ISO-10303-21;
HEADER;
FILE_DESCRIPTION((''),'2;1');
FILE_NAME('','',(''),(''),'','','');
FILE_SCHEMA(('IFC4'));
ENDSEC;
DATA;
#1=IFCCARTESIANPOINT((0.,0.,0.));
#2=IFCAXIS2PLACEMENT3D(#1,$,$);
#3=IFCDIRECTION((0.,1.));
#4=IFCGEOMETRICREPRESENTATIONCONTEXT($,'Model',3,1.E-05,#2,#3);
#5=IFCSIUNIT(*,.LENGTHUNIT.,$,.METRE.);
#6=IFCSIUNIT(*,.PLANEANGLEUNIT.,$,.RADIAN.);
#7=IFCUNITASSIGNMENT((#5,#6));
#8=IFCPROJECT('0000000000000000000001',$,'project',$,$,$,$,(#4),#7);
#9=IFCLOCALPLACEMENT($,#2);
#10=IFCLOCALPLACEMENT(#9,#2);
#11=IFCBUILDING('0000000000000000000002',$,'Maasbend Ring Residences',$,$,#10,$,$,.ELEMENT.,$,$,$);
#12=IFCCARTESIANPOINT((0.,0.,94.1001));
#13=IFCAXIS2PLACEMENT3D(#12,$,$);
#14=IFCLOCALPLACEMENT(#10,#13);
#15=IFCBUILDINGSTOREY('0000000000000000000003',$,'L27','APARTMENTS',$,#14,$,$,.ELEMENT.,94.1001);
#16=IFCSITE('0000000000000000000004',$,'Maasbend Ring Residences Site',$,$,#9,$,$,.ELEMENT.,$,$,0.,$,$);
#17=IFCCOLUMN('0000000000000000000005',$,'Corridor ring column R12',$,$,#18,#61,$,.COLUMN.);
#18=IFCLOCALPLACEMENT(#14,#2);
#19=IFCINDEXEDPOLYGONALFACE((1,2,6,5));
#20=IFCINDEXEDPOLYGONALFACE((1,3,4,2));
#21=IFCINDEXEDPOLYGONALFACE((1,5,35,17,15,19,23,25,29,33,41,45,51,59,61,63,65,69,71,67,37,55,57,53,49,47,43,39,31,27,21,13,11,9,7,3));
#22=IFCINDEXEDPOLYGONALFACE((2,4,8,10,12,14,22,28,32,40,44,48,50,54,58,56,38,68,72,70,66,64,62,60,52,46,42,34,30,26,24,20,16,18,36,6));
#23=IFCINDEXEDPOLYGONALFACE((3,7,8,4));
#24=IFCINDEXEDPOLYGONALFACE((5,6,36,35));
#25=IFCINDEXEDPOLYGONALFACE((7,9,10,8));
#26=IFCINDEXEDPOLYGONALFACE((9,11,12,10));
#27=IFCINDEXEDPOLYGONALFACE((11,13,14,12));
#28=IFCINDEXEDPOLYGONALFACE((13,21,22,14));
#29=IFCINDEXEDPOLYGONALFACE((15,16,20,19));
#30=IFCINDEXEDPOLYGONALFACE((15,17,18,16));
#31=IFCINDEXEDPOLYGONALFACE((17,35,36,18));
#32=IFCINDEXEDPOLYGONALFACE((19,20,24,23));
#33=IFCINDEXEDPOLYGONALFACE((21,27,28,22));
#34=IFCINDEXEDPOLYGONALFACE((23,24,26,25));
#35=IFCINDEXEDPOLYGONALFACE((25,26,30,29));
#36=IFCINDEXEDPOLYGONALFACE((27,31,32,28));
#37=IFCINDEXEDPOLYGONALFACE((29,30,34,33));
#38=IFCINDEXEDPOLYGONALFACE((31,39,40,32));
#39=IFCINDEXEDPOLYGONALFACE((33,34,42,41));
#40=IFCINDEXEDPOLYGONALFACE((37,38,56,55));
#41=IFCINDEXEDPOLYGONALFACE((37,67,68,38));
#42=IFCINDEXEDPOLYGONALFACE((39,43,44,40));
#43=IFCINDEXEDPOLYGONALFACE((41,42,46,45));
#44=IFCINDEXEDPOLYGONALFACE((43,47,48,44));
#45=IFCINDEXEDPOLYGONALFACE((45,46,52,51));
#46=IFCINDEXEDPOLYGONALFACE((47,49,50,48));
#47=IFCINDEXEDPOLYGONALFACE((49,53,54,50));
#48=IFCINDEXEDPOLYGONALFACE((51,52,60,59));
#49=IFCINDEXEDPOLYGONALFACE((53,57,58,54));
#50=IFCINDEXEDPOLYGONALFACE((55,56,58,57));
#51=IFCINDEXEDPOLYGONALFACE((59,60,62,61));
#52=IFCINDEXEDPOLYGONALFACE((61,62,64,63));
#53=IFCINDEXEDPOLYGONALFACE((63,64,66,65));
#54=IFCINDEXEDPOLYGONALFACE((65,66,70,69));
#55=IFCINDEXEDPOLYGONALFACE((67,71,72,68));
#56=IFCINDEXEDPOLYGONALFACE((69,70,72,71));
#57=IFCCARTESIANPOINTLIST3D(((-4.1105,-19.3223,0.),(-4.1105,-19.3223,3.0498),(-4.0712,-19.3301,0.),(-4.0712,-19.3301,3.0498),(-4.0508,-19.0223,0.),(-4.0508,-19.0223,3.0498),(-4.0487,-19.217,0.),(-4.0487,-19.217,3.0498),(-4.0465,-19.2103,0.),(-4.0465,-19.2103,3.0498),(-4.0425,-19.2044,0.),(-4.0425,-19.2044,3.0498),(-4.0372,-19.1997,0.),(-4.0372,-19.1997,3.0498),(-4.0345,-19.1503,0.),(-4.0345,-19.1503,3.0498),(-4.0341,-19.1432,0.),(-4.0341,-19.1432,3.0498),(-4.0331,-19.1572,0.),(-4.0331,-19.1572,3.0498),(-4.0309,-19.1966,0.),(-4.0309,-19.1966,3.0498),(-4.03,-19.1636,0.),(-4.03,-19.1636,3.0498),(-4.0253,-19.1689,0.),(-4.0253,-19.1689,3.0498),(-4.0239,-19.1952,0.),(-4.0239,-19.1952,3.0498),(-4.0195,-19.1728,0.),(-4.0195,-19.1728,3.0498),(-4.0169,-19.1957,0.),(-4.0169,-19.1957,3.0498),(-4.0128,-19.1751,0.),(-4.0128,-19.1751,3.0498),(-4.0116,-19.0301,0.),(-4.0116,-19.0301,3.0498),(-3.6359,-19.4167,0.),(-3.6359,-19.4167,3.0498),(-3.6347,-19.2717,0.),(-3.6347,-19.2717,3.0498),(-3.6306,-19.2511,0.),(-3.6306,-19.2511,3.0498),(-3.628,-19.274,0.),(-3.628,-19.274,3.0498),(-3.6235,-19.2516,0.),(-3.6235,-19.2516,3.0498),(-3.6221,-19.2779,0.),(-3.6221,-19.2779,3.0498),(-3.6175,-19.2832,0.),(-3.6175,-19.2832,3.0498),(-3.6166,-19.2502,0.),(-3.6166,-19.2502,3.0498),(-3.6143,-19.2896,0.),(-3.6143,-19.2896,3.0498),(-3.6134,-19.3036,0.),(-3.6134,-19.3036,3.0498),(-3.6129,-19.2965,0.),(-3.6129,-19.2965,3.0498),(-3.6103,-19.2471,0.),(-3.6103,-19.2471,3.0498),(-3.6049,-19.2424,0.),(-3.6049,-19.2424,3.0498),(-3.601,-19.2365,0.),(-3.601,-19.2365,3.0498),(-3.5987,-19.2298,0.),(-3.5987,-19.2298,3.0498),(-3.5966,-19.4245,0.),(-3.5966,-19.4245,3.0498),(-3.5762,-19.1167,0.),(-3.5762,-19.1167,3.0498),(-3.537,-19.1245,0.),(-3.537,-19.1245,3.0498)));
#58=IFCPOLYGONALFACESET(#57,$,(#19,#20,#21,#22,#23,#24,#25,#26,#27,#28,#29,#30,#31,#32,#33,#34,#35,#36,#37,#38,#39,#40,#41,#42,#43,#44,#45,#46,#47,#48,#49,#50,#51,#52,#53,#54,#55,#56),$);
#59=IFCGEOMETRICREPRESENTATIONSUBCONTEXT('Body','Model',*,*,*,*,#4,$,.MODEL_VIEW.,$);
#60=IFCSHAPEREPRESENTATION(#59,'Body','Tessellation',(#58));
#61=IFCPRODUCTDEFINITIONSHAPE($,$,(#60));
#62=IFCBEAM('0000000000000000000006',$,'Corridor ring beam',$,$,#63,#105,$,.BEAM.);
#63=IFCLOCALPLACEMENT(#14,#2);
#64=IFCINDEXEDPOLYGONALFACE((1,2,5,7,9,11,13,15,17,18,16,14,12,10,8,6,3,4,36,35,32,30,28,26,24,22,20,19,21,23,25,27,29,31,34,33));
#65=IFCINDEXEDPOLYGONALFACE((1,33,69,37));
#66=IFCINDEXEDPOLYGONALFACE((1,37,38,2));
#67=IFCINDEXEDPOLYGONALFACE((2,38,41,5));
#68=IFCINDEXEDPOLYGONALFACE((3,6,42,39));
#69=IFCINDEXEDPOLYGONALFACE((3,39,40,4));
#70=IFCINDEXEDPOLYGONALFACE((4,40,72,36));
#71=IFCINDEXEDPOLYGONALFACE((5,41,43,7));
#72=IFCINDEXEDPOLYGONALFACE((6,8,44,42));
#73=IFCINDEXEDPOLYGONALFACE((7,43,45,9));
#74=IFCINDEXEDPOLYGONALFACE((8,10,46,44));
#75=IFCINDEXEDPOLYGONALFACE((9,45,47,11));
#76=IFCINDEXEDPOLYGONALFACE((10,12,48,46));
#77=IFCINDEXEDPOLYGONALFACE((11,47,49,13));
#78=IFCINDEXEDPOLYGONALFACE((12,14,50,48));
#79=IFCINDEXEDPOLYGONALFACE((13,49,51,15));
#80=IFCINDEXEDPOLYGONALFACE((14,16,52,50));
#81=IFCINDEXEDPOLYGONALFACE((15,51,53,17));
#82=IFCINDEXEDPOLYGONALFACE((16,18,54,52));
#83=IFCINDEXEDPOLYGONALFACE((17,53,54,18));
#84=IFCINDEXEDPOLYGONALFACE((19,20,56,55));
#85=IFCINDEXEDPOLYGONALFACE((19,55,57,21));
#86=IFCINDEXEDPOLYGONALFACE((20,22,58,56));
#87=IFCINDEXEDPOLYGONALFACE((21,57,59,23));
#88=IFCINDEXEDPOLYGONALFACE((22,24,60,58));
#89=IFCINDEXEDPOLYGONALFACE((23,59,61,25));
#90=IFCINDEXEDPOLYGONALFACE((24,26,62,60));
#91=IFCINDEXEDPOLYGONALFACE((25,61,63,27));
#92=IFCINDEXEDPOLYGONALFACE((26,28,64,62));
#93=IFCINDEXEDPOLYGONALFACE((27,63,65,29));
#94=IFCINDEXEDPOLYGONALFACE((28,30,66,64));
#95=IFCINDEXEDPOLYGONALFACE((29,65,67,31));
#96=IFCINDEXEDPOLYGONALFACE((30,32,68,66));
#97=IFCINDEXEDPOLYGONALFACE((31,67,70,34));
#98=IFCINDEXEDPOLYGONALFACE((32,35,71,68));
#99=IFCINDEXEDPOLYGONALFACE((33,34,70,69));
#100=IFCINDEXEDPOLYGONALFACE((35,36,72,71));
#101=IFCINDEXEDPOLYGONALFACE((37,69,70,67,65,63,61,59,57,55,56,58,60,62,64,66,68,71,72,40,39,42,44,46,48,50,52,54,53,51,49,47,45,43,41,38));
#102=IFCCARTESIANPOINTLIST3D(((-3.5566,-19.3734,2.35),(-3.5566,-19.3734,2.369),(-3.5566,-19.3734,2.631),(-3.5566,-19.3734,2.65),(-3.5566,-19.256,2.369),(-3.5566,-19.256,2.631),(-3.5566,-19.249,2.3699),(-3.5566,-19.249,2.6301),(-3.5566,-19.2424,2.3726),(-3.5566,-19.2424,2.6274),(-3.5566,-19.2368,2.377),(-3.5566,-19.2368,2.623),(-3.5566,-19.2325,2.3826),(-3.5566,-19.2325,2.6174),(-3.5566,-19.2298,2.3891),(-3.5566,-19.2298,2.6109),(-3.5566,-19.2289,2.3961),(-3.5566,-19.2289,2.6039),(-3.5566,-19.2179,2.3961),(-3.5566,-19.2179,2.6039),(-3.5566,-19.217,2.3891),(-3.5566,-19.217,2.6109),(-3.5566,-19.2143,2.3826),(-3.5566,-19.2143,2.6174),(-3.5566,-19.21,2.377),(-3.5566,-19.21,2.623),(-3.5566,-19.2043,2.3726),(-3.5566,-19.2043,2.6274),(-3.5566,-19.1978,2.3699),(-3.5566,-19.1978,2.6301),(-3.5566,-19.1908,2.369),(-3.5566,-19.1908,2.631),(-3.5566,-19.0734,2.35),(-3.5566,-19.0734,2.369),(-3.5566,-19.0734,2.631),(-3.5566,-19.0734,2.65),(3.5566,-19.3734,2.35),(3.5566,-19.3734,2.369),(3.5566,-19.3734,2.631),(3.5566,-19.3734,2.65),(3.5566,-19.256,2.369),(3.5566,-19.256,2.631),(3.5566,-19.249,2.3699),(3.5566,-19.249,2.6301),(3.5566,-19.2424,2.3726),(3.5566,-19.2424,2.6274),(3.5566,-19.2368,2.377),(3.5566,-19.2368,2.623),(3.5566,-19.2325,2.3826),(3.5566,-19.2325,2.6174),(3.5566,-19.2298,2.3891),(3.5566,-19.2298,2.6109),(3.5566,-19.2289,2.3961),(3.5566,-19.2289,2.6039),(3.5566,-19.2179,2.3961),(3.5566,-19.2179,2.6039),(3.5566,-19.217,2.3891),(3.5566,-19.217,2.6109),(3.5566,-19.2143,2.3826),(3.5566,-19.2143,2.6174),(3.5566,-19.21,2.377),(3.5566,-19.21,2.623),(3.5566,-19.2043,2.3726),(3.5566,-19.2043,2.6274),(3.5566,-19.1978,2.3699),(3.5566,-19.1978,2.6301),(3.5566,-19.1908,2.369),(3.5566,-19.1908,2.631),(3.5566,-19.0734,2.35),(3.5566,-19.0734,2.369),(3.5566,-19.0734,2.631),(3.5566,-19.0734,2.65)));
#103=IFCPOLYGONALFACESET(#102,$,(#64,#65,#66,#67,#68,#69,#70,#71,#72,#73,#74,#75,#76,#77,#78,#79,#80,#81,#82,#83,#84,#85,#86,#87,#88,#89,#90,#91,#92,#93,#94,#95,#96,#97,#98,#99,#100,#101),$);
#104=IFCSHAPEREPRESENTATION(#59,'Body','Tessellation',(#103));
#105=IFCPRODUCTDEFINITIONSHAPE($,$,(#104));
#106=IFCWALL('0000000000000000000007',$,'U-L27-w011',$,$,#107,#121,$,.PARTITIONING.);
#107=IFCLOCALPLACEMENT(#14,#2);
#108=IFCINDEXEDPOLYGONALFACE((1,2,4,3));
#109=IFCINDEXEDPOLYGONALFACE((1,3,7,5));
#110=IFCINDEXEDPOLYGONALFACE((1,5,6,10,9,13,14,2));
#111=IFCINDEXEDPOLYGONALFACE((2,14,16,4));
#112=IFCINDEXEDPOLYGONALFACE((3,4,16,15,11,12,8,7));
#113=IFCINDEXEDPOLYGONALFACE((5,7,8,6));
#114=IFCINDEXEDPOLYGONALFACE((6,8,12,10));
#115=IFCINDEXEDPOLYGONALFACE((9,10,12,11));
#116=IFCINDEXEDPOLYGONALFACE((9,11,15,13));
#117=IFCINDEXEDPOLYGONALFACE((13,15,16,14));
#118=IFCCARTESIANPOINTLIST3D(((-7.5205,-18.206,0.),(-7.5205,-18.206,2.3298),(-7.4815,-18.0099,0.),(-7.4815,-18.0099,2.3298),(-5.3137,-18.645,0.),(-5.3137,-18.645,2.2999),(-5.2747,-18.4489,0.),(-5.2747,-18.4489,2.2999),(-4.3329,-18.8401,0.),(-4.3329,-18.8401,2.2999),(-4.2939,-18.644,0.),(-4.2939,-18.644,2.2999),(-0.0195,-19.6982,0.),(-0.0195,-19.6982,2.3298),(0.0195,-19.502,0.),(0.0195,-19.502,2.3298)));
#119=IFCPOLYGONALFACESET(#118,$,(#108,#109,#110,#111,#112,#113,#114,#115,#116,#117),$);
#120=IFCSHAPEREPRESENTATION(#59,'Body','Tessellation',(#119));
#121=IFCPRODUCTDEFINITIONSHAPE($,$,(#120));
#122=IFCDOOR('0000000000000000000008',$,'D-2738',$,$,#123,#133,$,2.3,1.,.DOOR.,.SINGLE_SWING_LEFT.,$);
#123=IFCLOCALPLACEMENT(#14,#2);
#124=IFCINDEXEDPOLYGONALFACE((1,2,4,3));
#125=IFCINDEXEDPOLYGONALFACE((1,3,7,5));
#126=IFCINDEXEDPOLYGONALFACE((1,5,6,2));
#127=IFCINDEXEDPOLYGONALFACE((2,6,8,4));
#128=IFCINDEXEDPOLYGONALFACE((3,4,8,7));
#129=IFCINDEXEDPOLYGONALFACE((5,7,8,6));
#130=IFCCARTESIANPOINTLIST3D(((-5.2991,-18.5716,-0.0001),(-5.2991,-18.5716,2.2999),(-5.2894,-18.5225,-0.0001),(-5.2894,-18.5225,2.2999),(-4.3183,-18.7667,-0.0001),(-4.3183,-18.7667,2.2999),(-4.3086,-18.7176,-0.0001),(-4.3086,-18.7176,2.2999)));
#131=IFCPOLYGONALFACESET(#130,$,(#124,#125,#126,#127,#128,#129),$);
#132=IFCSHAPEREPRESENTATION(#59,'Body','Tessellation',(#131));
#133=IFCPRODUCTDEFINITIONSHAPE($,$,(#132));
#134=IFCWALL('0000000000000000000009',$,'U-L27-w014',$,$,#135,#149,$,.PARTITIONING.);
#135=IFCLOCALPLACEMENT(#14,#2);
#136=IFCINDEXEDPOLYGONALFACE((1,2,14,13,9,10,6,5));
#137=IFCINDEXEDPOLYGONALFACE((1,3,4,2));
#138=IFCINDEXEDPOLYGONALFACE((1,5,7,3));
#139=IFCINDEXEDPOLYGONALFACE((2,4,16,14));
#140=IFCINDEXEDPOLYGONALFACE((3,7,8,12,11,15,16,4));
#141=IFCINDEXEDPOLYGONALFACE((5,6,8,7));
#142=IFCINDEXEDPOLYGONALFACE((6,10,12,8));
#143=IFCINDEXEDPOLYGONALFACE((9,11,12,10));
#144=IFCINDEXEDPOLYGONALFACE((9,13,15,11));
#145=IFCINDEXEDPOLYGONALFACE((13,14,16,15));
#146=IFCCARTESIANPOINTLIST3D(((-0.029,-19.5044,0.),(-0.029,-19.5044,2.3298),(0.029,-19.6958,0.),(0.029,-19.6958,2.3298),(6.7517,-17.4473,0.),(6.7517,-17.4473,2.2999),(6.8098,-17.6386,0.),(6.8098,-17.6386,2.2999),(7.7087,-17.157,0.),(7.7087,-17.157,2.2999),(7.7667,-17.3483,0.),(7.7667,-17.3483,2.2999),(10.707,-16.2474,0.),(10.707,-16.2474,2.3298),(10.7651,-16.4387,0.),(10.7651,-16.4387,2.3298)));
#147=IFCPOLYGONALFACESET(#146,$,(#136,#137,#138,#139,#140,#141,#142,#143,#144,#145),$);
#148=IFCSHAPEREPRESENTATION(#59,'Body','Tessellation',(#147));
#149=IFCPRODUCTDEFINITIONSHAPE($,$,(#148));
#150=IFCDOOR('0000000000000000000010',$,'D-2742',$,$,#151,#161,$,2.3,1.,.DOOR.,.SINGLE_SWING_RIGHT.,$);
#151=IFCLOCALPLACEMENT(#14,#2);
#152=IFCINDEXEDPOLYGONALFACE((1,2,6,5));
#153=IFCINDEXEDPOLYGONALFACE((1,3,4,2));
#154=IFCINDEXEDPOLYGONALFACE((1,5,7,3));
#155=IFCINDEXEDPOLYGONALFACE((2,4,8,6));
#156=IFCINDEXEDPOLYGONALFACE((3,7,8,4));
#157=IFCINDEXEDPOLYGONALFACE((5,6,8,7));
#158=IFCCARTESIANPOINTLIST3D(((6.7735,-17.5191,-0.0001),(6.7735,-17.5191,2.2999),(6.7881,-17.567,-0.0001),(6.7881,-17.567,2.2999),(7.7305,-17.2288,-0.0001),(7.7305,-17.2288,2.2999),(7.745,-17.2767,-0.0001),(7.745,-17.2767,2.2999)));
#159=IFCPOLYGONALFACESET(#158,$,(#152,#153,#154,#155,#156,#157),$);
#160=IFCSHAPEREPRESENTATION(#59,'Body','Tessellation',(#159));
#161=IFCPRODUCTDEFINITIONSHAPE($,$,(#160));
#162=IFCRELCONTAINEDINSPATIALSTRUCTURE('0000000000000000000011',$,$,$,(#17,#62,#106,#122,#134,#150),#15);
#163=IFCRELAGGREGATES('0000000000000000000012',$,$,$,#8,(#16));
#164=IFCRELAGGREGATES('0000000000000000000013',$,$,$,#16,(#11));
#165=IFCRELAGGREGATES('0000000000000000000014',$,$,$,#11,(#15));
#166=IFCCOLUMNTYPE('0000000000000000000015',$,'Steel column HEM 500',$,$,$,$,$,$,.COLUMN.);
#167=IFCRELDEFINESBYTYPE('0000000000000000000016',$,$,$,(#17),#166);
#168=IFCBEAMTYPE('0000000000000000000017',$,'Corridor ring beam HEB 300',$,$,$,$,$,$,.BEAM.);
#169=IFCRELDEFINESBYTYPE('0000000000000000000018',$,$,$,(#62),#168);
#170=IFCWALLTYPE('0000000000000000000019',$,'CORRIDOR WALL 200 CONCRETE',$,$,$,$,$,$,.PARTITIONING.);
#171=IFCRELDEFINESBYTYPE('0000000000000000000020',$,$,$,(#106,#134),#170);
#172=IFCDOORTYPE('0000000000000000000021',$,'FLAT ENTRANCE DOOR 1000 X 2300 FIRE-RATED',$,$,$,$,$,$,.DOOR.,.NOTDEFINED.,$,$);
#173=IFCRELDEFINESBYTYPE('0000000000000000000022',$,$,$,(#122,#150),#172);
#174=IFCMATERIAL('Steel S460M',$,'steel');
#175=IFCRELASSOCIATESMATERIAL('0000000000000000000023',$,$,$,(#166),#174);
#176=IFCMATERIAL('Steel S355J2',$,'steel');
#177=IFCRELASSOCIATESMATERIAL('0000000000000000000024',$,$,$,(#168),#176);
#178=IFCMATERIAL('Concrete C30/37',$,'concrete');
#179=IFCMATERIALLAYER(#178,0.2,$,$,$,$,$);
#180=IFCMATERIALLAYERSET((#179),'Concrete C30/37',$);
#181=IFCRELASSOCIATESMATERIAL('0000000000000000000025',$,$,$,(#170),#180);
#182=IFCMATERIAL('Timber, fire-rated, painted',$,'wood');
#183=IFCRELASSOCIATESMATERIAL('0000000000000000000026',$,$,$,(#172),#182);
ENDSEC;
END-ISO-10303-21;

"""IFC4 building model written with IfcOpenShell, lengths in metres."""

from ifc_helpers import new_model, si_unit, direction, frame, frame_2d, origin, origin_2d, place, context, subcontext, project, spatial, rectangle, i_section, extrude, material, layer, layer_set, material_profile, profile_set, type_object, element, fill, save


model = new_model("IFC4")

# Units and contexts
model_context = context("Model", 3, precision=1e-05, world=origin(), true_north=direction((0.0, 1.0)))
body_context = subcontext(model_context, "Body", "Model", "MODEL_VIEW")
ifc_project = project(units=[si_unit("LENGTHUNIT", "METRE"), si_unit("PLANEANGLEUNIT", "RADIAN")], contexts=[model_context])

# Site, building, storey
site_placement = place(None, origin())
site = spatial("IfcSite", under=ifc_project, at=site_placement, Name="Maasbend Ring Residences Site", CompositionType="ELEMENT", RefElevation=0.0)
building_placement = place(site_placement, origin())
building = spatial("IfcBuilding", under=site, at=building_placement, Name="Maasbend Ring Residences", CompositionType="ELEMENT")
storey_placement = place(building_placement, frame((0.0, 0.0, 94.1001)))
storey = spatial("IfcBuildingStorey", under=building, at=storey_placement, Name="L27", Description="APARTMENTS", CompositionType="ELEMENT", Elevation=94.1001)

# Column
ifc_material_1 = material(Name="Steel S460M", Category="steel")
ifc_material_profile_1 = material_profile(ifc_material_1, i_section(OverallWidth=0.3059, OverallDepth=0.5239, WebThickness=0.021, FlangeThickness=0.04, FilletRadius=0.0271, at=origin_2d()), Name="HEM 500")
ifc_profile_set_1 = profile_set([ifc_material_profile_1], Name="Steel S460M")
column_type = type_object("IfcColumnType", Name="Steel column HEM 500", PredefinedType="COLUMN", material=ifc_profile_set_1)
column_placement = place(storey_placement, frame((-3.8237, -19.2234, 0.0), z_axis=(0.0, 0.0, 1.0), x_axis=(-0.19509, -0.980785, 0.0)))
element("IfcColumn", 1, at=column_placement, inside=storey, type_object=column_type, Name="Corridor ring column R12", PredefinedType="COLUMN", context=body_context, shape_type="SweptSolid", body=[
    extrude(i_section(OverallWidth=0.3059, OverallDepth=0.5239, WebThickness=0.021, FlangeThickness=0.04, FilletRadius=0.0271, at=origin_2d()), origin(), (0.0, 0.0, 1.0), 3.0498),
])

# Beam
ifc_material_2 = material(Name="Steel S355J2", Category="steel")
ifc_material_profile_2 = material_profile(ifc_material_2, i_section(OverallWidth=0.3, OverallDepth=0.3, WebThickness=0.011, FlangeThickness=0.019, FilletRadius=0.0271, at=origin_2d()), Name="HEB 300")
ifc_profile_set_2 = profile_set([ifc_material_profile_2], Name="Steel S355J2")
beam_type = type_object("IfcBeamType", Name="Corridor ring beam HEB 300", PredefinedType="BEAM", material=ifc_profile_set_2)
beam_placement = place(storey_placement, frame((-3.5566, -19.2234, 2.5), z_axis=(1.0, 0.0, 0.0), x_axis=(0.0, 1.0, 0.0)))
element("IfcBeam", 2, at=beam_placement, inside=storey, type_object=beam_type, Name="Corridor ring beam", PredefinedType="BEAM", context=body_context, shape_type="SweptSolid", body=[
    extrude(i_section(OverallWidth=0.3, OverallDepth=0.3, WebThickness=0.011, FlangeThickness=0.019, FilletRadius=0.0271, at=origin_2d()), origin(), (0.0, 0.0, 1.0), 7.1133),
])

# Walls, openings, doors
ifc_material_3 = material(Name="Concrete C30/37", Category="concrete")
ifc_layer_1 = layer(ifc_material_3, 0.2)
ifc_layer_set_1 = layer_set([ifc_layer_1], Name="Concrete C30/37")
wall_type_1 = type_object("IfcWallType", Name="CORRIDOR WALL 200 CONCRETE", PredefinedType="PARTITIONING", material=ifc_layer_set_1)
wall_1_placement = place(storey_placement, frame((-7.501, -18.1079, 0.0), z_axis=(0.0, 0.0, 1.0), x_axis=(0.980782, -0.195109, 0.0)))
wall_1 = element("IfcWall", 3, at=wall_1_placement, inside=storey, type_object=wall_type_1, Name="U-L27-w011", PredefinedType="PARTITIONING", context=body_context, shape_type="SweptSolid", body=[
    extrude(rectangle(XDim=7.6479, YDim=0.2, at=frame_2d((3.824, 0.0))), origin(), (0.0, 0.0, 1.0), 2.3298),
])
opening_1_placement = place(wall_1_placement, frame((2.25, 0.0, 0.0)))
opening_1 = element("IfcOpeningElement", 4, at=opening_1_placement, cuts=wall_1, PredefinedType="OPENING", context=body_context, shape_type="SweptSolid", body=[
    extrude(rectangle(XDim=1.0, YDim=2.3, at=frame_2d((0.5, 1.1499))), frame((0.0, 0.1099, 0.0), z_axis=(0.0, -1.0, 0.0), x_axis=(1.0, 0.0, 0.0)), (0.0, 0.0, 1.0), 0.22),
])
ifc_material_4 = material(Name="Timber, fire-rated, painted", Category="wood")
door_type_1 = type_object("IfcDoorType", Name="FLAT ENTRANCE DOOR 1000 X 2300 FIRE-RATED", OperationType="NOTDEFINED", PredefinedType="DOOR", material=ifc_material_4)
door_1_placement = place(opening_1_placement, origin())
door_1 = element("IfcDoor", 5, at=door_1_placement, inside=storey, type_object=door_type_1, Name="D-2738", OperationType="SINGLE_SWING_LEFT", OverallHeight=2.3, OverallWidth=1.0, PredefinedType="DOOR", context=body_context, shape_type="SweptSolid", body=[
    extrude(rectangle(XDim=1.0, YDim=2.3, at=frame_2d((0.5, 1.1499))), frame((0.0, 0.0249, 0.0), z_axis=(0.0, -1.0, 0.0), x_axis=(1.0, 0.0, 0.0)), (0.0, 0.0, 1.0), 0.05),
])
fill(opening_1, door_1)
wall_2_placement = place(storey_placement, frame((0.0, -19.6001, 0.0), z_axis=(0.0, 0.0, 1.0), x_axis=(0.956932, 0.290311, 0.0)))
wall_2 = element("IfcWall", 6, at=wall_2_placement, inside=storey, type_object=wall_type_1, Name="U-L27-w014", PredefinedType="PARTITIONING", context=body_context, shape_type="SweptSolid", body=[
    extrude(rectangle(XDim=11.2192, YDim=0.2, at=frame_2d((5.6096, 0.0))), origin(), (0.0, 0.0, 1.0), 2.3298),
])
opening_2_placement = place(wall_2_placement, frame((7.0859, 0.0, 0.0)))
opening_2 = element("IfcOpeningElement", 7, at=opening_2_placement, cuts=wall_2, PredefinedType="OPENING", context=body_context, shape_type="SweptSolid", body=[
    extrude(rectangle(XDim=1.0, YDim=2.3, at=frame_2d((0.5, 1.1499))), frame((0.0, 0.1099, 0.0), z_axis=(0.0, -1.0, 0.0), x_axis=(1.0, 0.0, 0.0)), (0.0, 0.0, 1.0), 0.22),
])
door_2_placement = place(opening_2_placement, origin())
door_2 = element("IfcDoor", 8, at=door_2_placement, inside=storey, type_object=door_type_1, Name="D-2742", OperationType="SINGLE_SWING_RIGHT", OverallHeight=2.3, OverallWidth=1.0, PredefinedType="DOOR", context=body_context, shape_type="SweptSolid", body=[
    extrude(rectangle(XDim=1.0, YDim=2.3, at=frame_2d((0.5, 1.1499))), frame((0.0, 0.0249, 0.0), z_axis=(0.0, -1.0, 0.0), x_axis=(1.0, 0.0, 0.0)), (0.0, 0.0, 1.0), 0.05),
])
fill(opening_2, door_2)

save(model, "model.ifc")
